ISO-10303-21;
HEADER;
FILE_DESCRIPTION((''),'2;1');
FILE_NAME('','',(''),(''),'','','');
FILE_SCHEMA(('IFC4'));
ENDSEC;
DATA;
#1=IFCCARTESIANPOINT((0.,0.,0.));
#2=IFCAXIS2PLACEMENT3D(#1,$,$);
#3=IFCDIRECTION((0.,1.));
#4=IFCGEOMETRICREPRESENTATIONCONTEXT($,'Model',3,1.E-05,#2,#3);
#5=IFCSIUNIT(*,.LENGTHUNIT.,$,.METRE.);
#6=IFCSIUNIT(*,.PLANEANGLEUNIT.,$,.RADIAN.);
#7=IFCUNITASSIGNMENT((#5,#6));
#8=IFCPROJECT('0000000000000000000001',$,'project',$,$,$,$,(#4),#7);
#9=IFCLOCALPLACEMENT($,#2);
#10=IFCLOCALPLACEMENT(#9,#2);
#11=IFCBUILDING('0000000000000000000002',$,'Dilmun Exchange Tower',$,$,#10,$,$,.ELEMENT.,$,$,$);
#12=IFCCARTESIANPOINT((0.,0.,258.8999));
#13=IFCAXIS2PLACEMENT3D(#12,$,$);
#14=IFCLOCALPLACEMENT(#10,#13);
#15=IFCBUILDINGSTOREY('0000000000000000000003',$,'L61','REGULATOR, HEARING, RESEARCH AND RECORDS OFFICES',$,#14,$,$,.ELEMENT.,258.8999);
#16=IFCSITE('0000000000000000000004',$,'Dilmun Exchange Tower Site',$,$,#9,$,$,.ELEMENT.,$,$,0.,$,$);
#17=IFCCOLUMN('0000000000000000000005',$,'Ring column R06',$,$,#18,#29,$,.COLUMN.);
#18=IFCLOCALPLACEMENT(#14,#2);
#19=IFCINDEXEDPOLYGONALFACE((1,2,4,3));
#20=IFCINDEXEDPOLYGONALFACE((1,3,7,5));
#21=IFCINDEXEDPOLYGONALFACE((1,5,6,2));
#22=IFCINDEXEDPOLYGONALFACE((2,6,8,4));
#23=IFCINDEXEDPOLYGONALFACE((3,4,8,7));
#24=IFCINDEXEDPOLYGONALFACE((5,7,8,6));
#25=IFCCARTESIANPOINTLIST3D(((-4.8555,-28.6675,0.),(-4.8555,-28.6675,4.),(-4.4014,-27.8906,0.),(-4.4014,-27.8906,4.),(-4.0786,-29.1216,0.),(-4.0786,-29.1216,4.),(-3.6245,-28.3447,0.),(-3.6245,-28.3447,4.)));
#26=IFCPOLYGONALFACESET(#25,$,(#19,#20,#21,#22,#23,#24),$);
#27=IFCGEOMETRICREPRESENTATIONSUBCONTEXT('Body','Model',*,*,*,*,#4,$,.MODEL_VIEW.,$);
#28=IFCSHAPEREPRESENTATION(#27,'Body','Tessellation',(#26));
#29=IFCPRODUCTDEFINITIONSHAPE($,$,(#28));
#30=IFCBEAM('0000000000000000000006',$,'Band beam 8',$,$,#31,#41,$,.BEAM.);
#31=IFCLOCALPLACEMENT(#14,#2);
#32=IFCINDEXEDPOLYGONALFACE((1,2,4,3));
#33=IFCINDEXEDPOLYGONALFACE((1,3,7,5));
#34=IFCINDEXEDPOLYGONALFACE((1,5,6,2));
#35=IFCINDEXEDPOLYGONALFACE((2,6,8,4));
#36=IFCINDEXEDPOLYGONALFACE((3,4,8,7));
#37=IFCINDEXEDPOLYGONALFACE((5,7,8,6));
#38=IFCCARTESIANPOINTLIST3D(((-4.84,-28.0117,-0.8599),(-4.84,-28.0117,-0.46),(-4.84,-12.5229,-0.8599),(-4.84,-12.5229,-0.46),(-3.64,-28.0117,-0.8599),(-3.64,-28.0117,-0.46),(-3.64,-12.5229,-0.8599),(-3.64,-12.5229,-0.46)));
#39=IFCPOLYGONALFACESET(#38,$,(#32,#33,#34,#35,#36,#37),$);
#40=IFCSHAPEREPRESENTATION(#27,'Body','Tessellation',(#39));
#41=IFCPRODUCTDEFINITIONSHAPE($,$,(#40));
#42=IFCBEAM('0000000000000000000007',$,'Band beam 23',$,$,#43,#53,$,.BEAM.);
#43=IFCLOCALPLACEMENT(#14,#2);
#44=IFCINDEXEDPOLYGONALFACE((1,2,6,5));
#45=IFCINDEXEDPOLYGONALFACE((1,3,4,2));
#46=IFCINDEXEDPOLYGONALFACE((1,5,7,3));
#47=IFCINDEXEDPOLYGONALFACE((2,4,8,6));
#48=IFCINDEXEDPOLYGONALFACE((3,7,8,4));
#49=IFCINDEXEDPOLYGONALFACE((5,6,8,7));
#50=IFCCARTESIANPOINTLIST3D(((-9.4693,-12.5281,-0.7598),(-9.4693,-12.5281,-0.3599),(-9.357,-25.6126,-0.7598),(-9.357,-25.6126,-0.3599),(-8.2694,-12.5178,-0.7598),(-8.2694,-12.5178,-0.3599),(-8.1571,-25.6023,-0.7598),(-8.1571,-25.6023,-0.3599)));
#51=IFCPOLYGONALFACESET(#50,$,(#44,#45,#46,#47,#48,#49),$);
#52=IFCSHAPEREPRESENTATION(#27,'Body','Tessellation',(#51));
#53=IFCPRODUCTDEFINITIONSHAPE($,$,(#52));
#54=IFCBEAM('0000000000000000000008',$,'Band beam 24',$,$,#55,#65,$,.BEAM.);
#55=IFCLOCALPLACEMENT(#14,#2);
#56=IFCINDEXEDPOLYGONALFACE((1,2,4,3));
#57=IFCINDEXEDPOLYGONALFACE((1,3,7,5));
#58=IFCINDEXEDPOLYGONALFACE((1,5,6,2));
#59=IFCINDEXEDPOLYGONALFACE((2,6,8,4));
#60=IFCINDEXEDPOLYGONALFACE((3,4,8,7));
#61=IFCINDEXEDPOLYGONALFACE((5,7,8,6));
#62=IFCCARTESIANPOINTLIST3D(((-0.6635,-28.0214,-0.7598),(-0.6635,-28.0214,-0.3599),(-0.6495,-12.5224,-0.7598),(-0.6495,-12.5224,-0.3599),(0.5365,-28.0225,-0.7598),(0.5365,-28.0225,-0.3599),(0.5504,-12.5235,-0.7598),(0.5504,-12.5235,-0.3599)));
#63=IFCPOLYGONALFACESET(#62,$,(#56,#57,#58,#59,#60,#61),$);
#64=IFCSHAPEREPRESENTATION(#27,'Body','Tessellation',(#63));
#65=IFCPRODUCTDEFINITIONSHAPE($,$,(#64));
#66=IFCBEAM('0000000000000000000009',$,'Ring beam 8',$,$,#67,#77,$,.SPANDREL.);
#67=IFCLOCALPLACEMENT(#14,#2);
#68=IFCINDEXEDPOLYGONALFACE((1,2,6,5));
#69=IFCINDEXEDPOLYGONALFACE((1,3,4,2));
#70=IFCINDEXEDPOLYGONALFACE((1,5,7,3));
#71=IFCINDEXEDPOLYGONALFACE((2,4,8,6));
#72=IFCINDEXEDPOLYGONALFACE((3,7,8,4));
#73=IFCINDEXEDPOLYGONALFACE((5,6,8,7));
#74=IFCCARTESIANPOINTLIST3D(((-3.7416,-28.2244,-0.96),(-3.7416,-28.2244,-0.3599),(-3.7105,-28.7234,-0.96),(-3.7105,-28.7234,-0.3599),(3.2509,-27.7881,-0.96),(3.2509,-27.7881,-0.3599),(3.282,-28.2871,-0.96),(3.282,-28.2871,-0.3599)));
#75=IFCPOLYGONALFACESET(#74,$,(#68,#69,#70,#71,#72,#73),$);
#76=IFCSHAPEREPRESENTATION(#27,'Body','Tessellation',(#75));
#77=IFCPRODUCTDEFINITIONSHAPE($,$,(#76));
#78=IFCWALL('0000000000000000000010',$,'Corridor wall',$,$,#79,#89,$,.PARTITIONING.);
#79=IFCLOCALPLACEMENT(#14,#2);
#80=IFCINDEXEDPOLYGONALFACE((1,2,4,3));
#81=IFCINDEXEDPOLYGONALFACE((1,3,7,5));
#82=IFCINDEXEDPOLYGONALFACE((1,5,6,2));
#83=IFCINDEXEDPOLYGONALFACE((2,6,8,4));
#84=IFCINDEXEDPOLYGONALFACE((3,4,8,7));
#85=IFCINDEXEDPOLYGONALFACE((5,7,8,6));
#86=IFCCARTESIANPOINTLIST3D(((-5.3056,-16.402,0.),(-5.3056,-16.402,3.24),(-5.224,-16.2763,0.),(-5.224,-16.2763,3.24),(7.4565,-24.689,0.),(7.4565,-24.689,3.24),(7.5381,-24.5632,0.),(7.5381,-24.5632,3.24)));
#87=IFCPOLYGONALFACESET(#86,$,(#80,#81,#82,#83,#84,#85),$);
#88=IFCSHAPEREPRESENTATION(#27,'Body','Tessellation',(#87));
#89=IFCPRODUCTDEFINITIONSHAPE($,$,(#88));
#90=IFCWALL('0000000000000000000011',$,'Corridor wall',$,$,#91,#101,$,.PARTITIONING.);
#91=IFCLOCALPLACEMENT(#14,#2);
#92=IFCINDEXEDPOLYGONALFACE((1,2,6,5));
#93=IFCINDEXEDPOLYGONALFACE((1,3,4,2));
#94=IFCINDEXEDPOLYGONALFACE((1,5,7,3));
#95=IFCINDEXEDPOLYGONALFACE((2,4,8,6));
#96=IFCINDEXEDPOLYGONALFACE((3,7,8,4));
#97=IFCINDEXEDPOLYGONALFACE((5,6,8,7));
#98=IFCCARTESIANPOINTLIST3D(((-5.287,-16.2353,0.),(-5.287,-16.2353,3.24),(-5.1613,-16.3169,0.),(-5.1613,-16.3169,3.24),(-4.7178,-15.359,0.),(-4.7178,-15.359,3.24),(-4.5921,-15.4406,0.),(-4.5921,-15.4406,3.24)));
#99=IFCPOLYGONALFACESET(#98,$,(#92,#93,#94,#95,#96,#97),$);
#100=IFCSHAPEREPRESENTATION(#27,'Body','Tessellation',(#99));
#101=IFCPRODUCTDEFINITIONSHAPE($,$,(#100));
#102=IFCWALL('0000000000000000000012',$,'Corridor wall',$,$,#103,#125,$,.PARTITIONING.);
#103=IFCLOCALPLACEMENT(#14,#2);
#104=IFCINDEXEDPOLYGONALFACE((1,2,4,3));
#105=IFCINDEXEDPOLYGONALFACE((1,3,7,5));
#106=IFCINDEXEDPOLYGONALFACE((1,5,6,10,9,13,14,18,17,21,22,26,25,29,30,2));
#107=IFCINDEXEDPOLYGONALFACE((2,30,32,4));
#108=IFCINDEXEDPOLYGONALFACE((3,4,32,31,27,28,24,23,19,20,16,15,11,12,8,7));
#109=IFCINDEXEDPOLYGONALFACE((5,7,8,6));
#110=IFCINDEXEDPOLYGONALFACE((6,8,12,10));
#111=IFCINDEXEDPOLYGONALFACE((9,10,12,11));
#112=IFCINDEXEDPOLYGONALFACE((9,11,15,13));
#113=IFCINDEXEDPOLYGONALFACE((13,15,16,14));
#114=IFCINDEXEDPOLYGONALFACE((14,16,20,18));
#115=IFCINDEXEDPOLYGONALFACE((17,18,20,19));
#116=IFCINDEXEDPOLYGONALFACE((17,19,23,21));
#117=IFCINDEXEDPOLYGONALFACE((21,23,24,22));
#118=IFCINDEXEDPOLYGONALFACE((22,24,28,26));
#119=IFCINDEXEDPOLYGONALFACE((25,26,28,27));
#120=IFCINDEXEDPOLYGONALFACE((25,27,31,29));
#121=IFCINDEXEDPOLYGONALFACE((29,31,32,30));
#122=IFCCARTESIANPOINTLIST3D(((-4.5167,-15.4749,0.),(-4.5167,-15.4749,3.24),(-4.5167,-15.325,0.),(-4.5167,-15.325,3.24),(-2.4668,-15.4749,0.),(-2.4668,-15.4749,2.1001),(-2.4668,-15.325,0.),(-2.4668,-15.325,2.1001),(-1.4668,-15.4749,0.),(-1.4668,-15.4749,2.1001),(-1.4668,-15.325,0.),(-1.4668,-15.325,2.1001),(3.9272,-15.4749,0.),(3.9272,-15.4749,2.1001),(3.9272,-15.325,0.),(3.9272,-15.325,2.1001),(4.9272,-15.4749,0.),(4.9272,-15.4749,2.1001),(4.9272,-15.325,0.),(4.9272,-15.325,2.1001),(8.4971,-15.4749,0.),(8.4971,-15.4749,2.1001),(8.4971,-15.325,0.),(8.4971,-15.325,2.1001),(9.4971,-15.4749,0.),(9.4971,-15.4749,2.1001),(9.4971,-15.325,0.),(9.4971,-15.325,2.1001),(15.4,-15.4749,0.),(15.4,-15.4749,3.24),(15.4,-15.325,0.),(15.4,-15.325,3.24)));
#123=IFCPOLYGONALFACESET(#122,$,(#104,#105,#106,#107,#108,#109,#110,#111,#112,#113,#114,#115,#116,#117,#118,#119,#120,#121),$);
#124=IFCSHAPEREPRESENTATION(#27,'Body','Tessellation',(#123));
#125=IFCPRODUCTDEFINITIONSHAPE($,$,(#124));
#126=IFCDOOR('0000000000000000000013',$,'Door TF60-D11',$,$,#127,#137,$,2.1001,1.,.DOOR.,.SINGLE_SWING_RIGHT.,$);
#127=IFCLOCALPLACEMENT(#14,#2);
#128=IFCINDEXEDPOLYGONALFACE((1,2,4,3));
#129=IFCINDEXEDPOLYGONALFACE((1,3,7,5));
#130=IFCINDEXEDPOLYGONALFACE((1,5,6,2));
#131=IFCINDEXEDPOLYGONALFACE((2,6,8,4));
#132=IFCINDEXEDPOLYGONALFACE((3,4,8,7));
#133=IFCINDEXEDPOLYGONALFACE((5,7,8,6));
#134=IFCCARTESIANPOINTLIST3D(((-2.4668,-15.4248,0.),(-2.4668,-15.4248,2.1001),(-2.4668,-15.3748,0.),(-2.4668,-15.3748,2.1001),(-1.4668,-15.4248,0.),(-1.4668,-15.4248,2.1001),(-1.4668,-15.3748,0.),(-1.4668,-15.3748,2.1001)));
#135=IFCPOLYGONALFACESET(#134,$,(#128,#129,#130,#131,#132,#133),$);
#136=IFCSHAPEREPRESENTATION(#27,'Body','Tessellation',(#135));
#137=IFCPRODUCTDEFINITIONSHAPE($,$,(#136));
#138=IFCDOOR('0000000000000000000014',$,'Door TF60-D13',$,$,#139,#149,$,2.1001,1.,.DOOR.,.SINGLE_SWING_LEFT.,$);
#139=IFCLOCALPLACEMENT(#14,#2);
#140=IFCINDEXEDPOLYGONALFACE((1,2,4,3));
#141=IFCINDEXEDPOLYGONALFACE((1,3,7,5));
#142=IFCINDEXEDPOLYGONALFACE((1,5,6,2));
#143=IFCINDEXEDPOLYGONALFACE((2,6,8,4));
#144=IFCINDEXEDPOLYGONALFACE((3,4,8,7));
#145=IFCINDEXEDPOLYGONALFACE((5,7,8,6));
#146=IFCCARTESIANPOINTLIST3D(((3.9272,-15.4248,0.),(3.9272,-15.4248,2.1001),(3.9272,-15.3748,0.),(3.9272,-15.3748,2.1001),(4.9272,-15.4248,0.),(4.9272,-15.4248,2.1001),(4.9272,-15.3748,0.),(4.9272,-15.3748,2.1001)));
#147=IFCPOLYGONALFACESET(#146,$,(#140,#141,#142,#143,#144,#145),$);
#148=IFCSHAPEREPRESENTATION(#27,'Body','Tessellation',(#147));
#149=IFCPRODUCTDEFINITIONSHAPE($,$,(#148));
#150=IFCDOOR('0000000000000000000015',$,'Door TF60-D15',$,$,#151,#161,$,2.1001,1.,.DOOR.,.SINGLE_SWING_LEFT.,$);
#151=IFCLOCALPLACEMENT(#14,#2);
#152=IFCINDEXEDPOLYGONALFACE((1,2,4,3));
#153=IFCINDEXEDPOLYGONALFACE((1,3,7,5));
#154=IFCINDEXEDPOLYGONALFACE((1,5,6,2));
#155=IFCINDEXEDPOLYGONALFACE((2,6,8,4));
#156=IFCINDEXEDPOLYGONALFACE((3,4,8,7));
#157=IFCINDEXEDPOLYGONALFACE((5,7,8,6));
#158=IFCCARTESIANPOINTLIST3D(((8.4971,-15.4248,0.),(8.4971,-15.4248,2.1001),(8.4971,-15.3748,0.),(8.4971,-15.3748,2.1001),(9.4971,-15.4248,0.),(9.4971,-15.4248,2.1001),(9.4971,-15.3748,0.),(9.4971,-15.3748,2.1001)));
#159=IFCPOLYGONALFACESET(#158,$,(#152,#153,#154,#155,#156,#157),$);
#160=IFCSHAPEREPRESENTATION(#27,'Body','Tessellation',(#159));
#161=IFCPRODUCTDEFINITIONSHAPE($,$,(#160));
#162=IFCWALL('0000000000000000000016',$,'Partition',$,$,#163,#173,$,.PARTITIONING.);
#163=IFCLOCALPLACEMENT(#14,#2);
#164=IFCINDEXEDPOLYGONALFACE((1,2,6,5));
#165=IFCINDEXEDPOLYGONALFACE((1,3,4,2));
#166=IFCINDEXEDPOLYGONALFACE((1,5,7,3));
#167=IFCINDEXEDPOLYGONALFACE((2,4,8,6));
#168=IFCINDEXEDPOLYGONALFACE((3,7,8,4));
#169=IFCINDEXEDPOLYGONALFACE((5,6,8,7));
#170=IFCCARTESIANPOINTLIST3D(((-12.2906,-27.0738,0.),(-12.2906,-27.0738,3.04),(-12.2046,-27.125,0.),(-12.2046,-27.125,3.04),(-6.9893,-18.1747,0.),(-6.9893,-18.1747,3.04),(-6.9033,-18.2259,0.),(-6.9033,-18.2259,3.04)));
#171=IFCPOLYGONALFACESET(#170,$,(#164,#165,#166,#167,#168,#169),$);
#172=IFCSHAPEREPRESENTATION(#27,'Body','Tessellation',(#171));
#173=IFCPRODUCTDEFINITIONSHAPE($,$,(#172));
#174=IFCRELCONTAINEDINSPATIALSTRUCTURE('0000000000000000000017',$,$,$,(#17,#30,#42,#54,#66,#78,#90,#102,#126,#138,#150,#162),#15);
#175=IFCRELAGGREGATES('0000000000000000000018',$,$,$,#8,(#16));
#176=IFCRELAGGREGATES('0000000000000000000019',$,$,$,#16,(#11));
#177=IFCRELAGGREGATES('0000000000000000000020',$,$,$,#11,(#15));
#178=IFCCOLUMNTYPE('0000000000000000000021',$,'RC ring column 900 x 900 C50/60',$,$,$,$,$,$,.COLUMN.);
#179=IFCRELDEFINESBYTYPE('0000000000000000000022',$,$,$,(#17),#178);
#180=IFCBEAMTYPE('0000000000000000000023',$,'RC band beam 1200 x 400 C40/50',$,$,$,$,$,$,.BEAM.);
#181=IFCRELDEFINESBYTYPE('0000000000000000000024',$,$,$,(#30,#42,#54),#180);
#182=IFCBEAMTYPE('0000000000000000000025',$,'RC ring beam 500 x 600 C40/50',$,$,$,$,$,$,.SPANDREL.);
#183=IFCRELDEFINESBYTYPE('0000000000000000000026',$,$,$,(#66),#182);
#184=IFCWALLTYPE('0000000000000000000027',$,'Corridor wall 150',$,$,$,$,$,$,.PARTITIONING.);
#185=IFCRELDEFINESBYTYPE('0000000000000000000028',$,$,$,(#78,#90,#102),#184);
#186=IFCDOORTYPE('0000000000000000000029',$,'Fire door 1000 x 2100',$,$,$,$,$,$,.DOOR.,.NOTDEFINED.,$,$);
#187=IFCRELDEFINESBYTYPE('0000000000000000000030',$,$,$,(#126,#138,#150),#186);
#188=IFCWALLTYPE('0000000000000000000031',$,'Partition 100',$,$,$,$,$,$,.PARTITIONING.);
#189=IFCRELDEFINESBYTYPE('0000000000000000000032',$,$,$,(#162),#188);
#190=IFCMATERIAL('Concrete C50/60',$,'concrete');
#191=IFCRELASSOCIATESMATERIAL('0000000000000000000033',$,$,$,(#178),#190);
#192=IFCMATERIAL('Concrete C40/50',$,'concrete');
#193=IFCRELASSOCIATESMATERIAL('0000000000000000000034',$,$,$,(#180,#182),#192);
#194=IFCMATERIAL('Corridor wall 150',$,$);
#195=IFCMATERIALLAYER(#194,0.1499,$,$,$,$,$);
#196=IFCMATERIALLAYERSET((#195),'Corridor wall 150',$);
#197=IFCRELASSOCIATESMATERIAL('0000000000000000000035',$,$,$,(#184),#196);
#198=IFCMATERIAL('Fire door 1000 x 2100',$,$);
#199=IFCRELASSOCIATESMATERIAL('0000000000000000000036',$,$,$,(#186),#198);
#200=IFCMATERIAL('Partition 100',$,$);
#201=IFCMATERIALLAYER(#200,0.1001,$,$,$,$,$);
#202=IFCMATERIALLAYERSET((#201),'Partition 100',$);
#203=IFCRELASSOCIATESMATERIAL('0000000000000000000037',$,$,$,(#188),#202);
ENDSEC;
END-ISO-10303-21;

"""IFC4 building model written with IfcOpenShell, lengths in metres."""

from ifc_helpers import new_model, si_unit, direction, frame, frame_2d, origin, origin_2d, place, context, subcontext, project, spatial, rectangle, extrude, material, layer, layer_set, material_profile, profile_set, type_object, element, fill, save


model = new_model("IFC4")

# Units and contexts
model_context = context("Model", 3, precision=1e-05, world=origin(), true_north=direction((0.0, 1.0)))
body_context = subcontext(model_context, "Body", "Model", "MODEL_VIEW")
ifc_project = project(units=[si_unit("LENGTHUNIT", "METRE"), si_unit("PLANEANGLEUNIT", "RADIAN")], contexts=[model_context])

# Site, building, storey
site_placement = place(None, origin())
site = spatial("IfcSite", under=ifc_project, at=site_placement, Name="Dilmun Exchange Tower Site", CompositionType="ELEMENT", RefElevation=0.0)
building_placement = place(site_placement, origin())
building = spatial("IfcBuilding", under=site, at=building_placement, Name="Dilmun Exchange Tower", CompositionType="ELEMENT")
storey_placement = place(building_placement, frame((0.0, 0.0, 258.8999)))
storey = spatial("IfcBuildingStorey", under=building, at=storey_placement, Name="L61", Description="REGULATOR, HEARING, RESEARCH AND RECORDS OFFICES", CompositionType="ELEMENT", Elevation=258.8999)

# Column
ifc_material_1 = material(Name="Concrete C50/60", Category="concrete")
ifc_material_profile_1 = material_profile(ifc_material_1, rectangle(XDim=0.8999, YDim=0.8999, at=origin_2d()), Name="900 x 900")
ifc_profile_set_1 = profile_set([ifc_material_profile_1], Name="Concrete C50/60")
column_type = type_object("IfcColumnType", Name="RC ring column 900 x 900 C50/60", PredefinedType="COLUMN", material=ifc_profile_set_1)
column_placement = place(storey_placement, frame((-4.24, -28.5061, 0.0), z_axis=(0.0, 0.0, 1.0), x_axis=(0.504644, 0.863328, 0.0)))
element("IfcColumn", 1, at=column_placement, inside=storey, type_object=column_type, Name="Ring column R06", PredefinedType="COLUMN", context=body_context, shape_type="SweptSolid", body=[
    extrude(rectangle(XDim=0.8999, YDim=0.8999, at=origin_2d()), origin(), (0.0, 0.0, 1.0), 4.0),
])

# Beams
ifc_material_2 = material(Name="Concrete C40/50", Category="concrete")
ifc_material_profile_2 = material_profile(ifc_material_2, rectangle(XDim=1.2, YDim=0.3999, at=origin_2d()), Name="1200 x 400")
ifc_profile_set_2 = profile_set([ifc_material_profile_2], Name="Concrete C40/50")
beam_type_1 = type_object("IfcBeamType", Name="RC band beam 1200 x 400 C40/50", PredefinedType="BEAM", material=ifc_profile_set_2)
beam_1_placement = place(storey_placement, frame((-4.24, -28.0117, -0.6599), z_axis=(0.0, 1.0, 0.0), x_axis=(-1.0, 0.0, 0.0)))
element("IfcBeam", 2, at=beam_1_placement, inside=storey, type_object=beam_type_1, Name="Band beam 8", PredefinedType="BEAM", context=body_context, shape_type="SweptSolid", body=[
    extrude(rectangle(XDim=1.2, YDim=0.3999, at=origin_2d()), origin(), (0.0, 0.0, 1.0), 15.4888),
])
beam_2_placement = place(storey_placement, frame((-8.7571, -25.6074, -0.5598), z_axis=(-0.008583, 0.999963, 0.0), x_axis=(-0.999963, -0.008583, 0.0)))
element("IfcBeam", 3, at=beam_2_placement, inside=storey, type_object=beam_type_1, Name="Band beam 23", PredefinedType="BEAM", context=body_context, shape_type="SweptSolid", body=[
    extrude(rectangle(XDim=1.2, YDim=0.3999, at=origin_2d()), origin(), (0.0, 0.0, 1.0), 13.085),
])
beam_3_placement = place(storey_placement, frame((-0.0635, -28.022, -0.5598), z_axis=(0.000898, 1.0, 0.0), x_axis=(-1.0, 0.000898, 0.0)))
element("IfcBeam", 4, at=beam_3_placement, inside=storey, type_object=beam_type_1, Name="Band beam 24", PredefinedType="BEAM", context=body_context, shape_type="SweptSolid", body=[
    extrude(rectangle(XDim=1.2, YDim=0.3999, at=origin_2d()), origin(), (0.0, 0.0, 1.0), 15.499),
])
ifc_material_profile_3 = material_profile(ifc_material_2, rectangle(XDim=0.5, YDim=0.6001, at=origin_2d()), Name="500 x 600")
ifc_profile_set_3 = profile_set([ifc_material_profile_3], Name="Concrete C40/50")
beam_type_2 = type_object("IfcBeamType", Name="RC ring beam 500 x 600 C40/50", PredefinedType="SPANDREL", material=ifc_profile_set_3)
beam_4_placement = place(storey_placement, frame((-3.7261, -28.4739, -0.6599), z_axis=(0.998059, 0.062272, 0.0), x_axis=(-0.062272, 0.998059, 0.0)))
element("IfcBeam", 5, at=beam_4_placement, inside=storey, type_object=beam_type_2, Name="Ring beam 8", PredefinedType="SPANDREL", context=body_context, shape_type="SweptSolid", body=[
    extrude(rectangle(XDim=0.5, YDim=0.6001, at=origin_2d()), origin(), (0.0, 0.0, 1.0), 7.0061),
])

# Walls
ifc_material_3 = material(Name="Corridor wall 150")
ifc_layer_1 = layer(ifc_material_3, 0.1499)
ifc_layer_set_1 = layer_set([ifc_layer_1], Name="Corridor wall 150")
wall_type_1 = type_object("IfcWallType", Name="Corridor wall 150", PredefinedType="PARTITIONING", material=ifc_layer_set_1)
wall_1_placement = place(storey_placement, frame((-5.2649, -16.3391, 0.0), z_axis=(0.0, 0.0, 1.0), x_axis=(0.838696, -0.5446, 0.0)))
element("IfcWall", 6, at=wall_1_placement, inside=storey, type_object=wall_type_1, Name="Corridor wall", PredefinedType="PARTITIONING", context=body_context, shape_type="SweptSolid", body=[
    extrude(rectangle(XDim=15.2166, YDim=0.1499, at=frame_2d((7.6084, 0.0))), origin(), (0.0, 0.0, 1.0), 3.24),
])
wall_2_placement = place(storey_placement, frame((-5.2241, -16.2761, 0.0), z_axis=(0.0, 0.0, 1.0), x_axis=(0.544684, 0.838641, 0.0)))
element("IfcWall", 7, at=wall_2_placement, inside=storey, type_object=wall_type_1, Name="Corridor wall", PredefinedType="PARTITIONING", context=body_context, shape_type="SweptSolid", body=[
    extrude(rectangle(XDim=1.0449, YDim=0.1499, at=frame_2d((0.5225, 0.0))), origin(), (0.0, 0.0, 1.0), 3.24),
])

# Wall, openings, doors
wall_3_placement = place(storey_placement, frame((-4.5168, -15.3999, 0.0), z_axis=(0.0, 0.0, 1.0), x_axis=(1.0, 0.0, 0.0)))
wall_3 = element("IfcWall", 8, at=wall_3_placement, inside=storey, type_object=wall_type_1, Name="Corridor wall", PredefinedType="PARTITIONING", context=body_context, shape_type="SweptSolid", body=[
    extrude(rectangle(XDim=19.9167, YDim=0.1499, at=frame_2d((9.9585, 0.0))), origin(), (0.0, 0.0, 1.0), 3.24),
])
opening_1_placement = place(wall_3_placement, frame((2.05, 0.0, 0.0)))
opening_1 = element("IfcOpeningElement", 9, at=opening_1_placement, cuts=wall_3, PredefinedType="OPENING", context=body_context, shape_type="SweptSolid", body=[
    extrude(rectangle(XDim=1.0, YDim=2.1001, at=frame_2d((0.5, 1.05))), frame((0.0, 0.085, 0.0), z_axis=(0.0, -1.0, 0.0), x_axis=(1.0, 0.0, 0.0)), (0.0, 0.0, 1.0), 0.1699),
])
opening_2_placement = place(wall_3_placement, frame((8.4441, 0.0, 0.0)))
opening_2 = element("IfcOpeningElement", 10, at=opening_2_placement, cuts=wall_3, PredefinedType="OPENING", context=body_context, shape_type="SweptSolid", body=[
    extrude(rectangle(XDim=1.0, YDim=2.1001, at=frame_2d((0.5, 1.05))), frame((0.0, 0.085, 0.0), z_axis=(0.0, -1.0, 0.0), x_axis=(1.0, 0.0, 0.0)), (0.0, 0.0, 1.0), 0.1699),
])
opening_3_placement = place(wall_3_placement, frame((13.0139, 0.0, 0.0)))
opening_3 = element("IfcOpeningElement", 11, at=opening_3_placement, cuts=wall_3, PredefinedType="OPENING", context=body_context, shape_type="SweptSolid", body=[
    extrude(rectangle(XDim=1.0, YDim=2.1001, at=frame_2d((0.5, 1.05))), frame((0.0, 0.085, 0.0), z_axis=(0.0, -1.0, 0.0), x_axis=(1.0, 0.0, 0.0)), (0.0, 0.0, 1.0), 0.1699),
])
ifc_material_4 = material(Name="Fire door 1000 x 2100")
door_type_1 = type_object("IfcDoorType", Name="Fire door 1000 x 2100", OperationType="NOTDEFINED", PredefinedType="DOOR", material=ifc_material_4)
door_1_placement = place(opening_1_placement, frame((1.0, 0.0, 0.0), z_axis=(0.0, 0.0, 1.0), x_axis=(-1.0, 0.0, 0.0)))
door_1 = element("IfcDoor", 12, at=door_1_placement, inside=storey, type_object=door_type_1, Name="Door TF60-D11", OperationType="SINGLE_SWING_RIGHT", OverallHeight=2.1001, OverallWidth=1.0, PredefinedType="DOOR", context=body_context, shape_type="SweptSolid", body=[
    extrude(rectangle(XDim=1.0, YDim=2.1001, at=frame_2d((0.5, 1.05))), frame((0.0, 0.0249, 0.0), z_axis=(0.0, -1.0, 0.0), x_axis=(1.0, 0.0, 0.0)), (0.0, 0.0, 1.0), 0.05),
])
fill(opening_1, door_1)
door_2_placement = place(opening_2_placement, frame((1.0, 0.0, 0.0), z_axis=(0.0, 0.0, 1.0), x_axis=(-1.0, 0.0, 0.0)))
door_2 = element("IfcDoor", 13, at=door_2_placement, inside=storey, type_object=door_type_1, Name="Door TF60-D13", OperationType="SINGLE_SWING_LEFT", OverallHeight=2.1001, OverallWidth=1.0, PredefinedType="DOOR", context=body_context, shape_type="SweptSolid", body=[
    extrude(rectangle(XDim=1.0, YDim=2.1001, at=frame_2d((0.5, 1.05))), frame((0.0, 0.0249, 0.0), z_axis=(0.0, -1.0, 0.0), x_axis=(1.0, 0.0, 0.0)), (0.0, 0.0, 1.0), 0.05),
])
fill(opening_2, door_2)
door_3_placement = place(opening_3_placement, frame((1.0, 0.0, 0.0), z_axis=(0.0, 0.0, 1.0), x_axis=(-1.0, 0.0, 0.0)))
door_3 = element("IfcDoor", 14, at=door_3_placement, inside=storey, type_object=door_type_1, Name="Door TF60-D15", OperationType="SINGLE_SWING_LEFT", OverallHeight=2.1001, OverallWidth=1.0, PredefinedType="DOOR", context=body_context, shape_type="SweptSolid", body=[
    extrude(rectangle(XDim=1.0, YDim=2.1001, at=frame_2d((0.5, 1.05))), frame((0.0, 0.0249, 0.0), z_axis=(0.0, -1.0, 0.0), x_axis=(1.0, 0.0, 0.0)), (0.0, 0.0, 1.0), 0.05),
])
fill(opening_3, door_3)

# Wall
ifc_material_5 = material(Name="Partition 100")
ifc_layer_2 = layer(ifc_material_5, 0.1001)
ifc_layer_set_2 = layer_set([ifc_layer_2], Name="Partition 100")
wall_type_2 = type_object("IfcWallType", Name="Partition 100", PredefinedType="PARTITIONING", material=ifc_layer_set_2)
wall_4_placement = place(storey_placement, frame((-12.2476, -27.0994, 0.0), z_axis=(0.0, 0.0, 1.0), x_axis=(0.511779, 0.859117, 0.0)))
element("IfcWall", 15, at=wall_4_placement, inside=storey, type_object=wall_type_2, Name="Partition", PredefinedType="PARTITIONING", context=body_context, shape_type="SweptSolid", body=[
    extrude(rectangle(XDim=10.3584, YDim=0.1001, at=frame_2d((5.1792, 0.0))), origin(), (0.0, 0.0, 1.0), 3.04),
])

save(model, "model.ifc")
